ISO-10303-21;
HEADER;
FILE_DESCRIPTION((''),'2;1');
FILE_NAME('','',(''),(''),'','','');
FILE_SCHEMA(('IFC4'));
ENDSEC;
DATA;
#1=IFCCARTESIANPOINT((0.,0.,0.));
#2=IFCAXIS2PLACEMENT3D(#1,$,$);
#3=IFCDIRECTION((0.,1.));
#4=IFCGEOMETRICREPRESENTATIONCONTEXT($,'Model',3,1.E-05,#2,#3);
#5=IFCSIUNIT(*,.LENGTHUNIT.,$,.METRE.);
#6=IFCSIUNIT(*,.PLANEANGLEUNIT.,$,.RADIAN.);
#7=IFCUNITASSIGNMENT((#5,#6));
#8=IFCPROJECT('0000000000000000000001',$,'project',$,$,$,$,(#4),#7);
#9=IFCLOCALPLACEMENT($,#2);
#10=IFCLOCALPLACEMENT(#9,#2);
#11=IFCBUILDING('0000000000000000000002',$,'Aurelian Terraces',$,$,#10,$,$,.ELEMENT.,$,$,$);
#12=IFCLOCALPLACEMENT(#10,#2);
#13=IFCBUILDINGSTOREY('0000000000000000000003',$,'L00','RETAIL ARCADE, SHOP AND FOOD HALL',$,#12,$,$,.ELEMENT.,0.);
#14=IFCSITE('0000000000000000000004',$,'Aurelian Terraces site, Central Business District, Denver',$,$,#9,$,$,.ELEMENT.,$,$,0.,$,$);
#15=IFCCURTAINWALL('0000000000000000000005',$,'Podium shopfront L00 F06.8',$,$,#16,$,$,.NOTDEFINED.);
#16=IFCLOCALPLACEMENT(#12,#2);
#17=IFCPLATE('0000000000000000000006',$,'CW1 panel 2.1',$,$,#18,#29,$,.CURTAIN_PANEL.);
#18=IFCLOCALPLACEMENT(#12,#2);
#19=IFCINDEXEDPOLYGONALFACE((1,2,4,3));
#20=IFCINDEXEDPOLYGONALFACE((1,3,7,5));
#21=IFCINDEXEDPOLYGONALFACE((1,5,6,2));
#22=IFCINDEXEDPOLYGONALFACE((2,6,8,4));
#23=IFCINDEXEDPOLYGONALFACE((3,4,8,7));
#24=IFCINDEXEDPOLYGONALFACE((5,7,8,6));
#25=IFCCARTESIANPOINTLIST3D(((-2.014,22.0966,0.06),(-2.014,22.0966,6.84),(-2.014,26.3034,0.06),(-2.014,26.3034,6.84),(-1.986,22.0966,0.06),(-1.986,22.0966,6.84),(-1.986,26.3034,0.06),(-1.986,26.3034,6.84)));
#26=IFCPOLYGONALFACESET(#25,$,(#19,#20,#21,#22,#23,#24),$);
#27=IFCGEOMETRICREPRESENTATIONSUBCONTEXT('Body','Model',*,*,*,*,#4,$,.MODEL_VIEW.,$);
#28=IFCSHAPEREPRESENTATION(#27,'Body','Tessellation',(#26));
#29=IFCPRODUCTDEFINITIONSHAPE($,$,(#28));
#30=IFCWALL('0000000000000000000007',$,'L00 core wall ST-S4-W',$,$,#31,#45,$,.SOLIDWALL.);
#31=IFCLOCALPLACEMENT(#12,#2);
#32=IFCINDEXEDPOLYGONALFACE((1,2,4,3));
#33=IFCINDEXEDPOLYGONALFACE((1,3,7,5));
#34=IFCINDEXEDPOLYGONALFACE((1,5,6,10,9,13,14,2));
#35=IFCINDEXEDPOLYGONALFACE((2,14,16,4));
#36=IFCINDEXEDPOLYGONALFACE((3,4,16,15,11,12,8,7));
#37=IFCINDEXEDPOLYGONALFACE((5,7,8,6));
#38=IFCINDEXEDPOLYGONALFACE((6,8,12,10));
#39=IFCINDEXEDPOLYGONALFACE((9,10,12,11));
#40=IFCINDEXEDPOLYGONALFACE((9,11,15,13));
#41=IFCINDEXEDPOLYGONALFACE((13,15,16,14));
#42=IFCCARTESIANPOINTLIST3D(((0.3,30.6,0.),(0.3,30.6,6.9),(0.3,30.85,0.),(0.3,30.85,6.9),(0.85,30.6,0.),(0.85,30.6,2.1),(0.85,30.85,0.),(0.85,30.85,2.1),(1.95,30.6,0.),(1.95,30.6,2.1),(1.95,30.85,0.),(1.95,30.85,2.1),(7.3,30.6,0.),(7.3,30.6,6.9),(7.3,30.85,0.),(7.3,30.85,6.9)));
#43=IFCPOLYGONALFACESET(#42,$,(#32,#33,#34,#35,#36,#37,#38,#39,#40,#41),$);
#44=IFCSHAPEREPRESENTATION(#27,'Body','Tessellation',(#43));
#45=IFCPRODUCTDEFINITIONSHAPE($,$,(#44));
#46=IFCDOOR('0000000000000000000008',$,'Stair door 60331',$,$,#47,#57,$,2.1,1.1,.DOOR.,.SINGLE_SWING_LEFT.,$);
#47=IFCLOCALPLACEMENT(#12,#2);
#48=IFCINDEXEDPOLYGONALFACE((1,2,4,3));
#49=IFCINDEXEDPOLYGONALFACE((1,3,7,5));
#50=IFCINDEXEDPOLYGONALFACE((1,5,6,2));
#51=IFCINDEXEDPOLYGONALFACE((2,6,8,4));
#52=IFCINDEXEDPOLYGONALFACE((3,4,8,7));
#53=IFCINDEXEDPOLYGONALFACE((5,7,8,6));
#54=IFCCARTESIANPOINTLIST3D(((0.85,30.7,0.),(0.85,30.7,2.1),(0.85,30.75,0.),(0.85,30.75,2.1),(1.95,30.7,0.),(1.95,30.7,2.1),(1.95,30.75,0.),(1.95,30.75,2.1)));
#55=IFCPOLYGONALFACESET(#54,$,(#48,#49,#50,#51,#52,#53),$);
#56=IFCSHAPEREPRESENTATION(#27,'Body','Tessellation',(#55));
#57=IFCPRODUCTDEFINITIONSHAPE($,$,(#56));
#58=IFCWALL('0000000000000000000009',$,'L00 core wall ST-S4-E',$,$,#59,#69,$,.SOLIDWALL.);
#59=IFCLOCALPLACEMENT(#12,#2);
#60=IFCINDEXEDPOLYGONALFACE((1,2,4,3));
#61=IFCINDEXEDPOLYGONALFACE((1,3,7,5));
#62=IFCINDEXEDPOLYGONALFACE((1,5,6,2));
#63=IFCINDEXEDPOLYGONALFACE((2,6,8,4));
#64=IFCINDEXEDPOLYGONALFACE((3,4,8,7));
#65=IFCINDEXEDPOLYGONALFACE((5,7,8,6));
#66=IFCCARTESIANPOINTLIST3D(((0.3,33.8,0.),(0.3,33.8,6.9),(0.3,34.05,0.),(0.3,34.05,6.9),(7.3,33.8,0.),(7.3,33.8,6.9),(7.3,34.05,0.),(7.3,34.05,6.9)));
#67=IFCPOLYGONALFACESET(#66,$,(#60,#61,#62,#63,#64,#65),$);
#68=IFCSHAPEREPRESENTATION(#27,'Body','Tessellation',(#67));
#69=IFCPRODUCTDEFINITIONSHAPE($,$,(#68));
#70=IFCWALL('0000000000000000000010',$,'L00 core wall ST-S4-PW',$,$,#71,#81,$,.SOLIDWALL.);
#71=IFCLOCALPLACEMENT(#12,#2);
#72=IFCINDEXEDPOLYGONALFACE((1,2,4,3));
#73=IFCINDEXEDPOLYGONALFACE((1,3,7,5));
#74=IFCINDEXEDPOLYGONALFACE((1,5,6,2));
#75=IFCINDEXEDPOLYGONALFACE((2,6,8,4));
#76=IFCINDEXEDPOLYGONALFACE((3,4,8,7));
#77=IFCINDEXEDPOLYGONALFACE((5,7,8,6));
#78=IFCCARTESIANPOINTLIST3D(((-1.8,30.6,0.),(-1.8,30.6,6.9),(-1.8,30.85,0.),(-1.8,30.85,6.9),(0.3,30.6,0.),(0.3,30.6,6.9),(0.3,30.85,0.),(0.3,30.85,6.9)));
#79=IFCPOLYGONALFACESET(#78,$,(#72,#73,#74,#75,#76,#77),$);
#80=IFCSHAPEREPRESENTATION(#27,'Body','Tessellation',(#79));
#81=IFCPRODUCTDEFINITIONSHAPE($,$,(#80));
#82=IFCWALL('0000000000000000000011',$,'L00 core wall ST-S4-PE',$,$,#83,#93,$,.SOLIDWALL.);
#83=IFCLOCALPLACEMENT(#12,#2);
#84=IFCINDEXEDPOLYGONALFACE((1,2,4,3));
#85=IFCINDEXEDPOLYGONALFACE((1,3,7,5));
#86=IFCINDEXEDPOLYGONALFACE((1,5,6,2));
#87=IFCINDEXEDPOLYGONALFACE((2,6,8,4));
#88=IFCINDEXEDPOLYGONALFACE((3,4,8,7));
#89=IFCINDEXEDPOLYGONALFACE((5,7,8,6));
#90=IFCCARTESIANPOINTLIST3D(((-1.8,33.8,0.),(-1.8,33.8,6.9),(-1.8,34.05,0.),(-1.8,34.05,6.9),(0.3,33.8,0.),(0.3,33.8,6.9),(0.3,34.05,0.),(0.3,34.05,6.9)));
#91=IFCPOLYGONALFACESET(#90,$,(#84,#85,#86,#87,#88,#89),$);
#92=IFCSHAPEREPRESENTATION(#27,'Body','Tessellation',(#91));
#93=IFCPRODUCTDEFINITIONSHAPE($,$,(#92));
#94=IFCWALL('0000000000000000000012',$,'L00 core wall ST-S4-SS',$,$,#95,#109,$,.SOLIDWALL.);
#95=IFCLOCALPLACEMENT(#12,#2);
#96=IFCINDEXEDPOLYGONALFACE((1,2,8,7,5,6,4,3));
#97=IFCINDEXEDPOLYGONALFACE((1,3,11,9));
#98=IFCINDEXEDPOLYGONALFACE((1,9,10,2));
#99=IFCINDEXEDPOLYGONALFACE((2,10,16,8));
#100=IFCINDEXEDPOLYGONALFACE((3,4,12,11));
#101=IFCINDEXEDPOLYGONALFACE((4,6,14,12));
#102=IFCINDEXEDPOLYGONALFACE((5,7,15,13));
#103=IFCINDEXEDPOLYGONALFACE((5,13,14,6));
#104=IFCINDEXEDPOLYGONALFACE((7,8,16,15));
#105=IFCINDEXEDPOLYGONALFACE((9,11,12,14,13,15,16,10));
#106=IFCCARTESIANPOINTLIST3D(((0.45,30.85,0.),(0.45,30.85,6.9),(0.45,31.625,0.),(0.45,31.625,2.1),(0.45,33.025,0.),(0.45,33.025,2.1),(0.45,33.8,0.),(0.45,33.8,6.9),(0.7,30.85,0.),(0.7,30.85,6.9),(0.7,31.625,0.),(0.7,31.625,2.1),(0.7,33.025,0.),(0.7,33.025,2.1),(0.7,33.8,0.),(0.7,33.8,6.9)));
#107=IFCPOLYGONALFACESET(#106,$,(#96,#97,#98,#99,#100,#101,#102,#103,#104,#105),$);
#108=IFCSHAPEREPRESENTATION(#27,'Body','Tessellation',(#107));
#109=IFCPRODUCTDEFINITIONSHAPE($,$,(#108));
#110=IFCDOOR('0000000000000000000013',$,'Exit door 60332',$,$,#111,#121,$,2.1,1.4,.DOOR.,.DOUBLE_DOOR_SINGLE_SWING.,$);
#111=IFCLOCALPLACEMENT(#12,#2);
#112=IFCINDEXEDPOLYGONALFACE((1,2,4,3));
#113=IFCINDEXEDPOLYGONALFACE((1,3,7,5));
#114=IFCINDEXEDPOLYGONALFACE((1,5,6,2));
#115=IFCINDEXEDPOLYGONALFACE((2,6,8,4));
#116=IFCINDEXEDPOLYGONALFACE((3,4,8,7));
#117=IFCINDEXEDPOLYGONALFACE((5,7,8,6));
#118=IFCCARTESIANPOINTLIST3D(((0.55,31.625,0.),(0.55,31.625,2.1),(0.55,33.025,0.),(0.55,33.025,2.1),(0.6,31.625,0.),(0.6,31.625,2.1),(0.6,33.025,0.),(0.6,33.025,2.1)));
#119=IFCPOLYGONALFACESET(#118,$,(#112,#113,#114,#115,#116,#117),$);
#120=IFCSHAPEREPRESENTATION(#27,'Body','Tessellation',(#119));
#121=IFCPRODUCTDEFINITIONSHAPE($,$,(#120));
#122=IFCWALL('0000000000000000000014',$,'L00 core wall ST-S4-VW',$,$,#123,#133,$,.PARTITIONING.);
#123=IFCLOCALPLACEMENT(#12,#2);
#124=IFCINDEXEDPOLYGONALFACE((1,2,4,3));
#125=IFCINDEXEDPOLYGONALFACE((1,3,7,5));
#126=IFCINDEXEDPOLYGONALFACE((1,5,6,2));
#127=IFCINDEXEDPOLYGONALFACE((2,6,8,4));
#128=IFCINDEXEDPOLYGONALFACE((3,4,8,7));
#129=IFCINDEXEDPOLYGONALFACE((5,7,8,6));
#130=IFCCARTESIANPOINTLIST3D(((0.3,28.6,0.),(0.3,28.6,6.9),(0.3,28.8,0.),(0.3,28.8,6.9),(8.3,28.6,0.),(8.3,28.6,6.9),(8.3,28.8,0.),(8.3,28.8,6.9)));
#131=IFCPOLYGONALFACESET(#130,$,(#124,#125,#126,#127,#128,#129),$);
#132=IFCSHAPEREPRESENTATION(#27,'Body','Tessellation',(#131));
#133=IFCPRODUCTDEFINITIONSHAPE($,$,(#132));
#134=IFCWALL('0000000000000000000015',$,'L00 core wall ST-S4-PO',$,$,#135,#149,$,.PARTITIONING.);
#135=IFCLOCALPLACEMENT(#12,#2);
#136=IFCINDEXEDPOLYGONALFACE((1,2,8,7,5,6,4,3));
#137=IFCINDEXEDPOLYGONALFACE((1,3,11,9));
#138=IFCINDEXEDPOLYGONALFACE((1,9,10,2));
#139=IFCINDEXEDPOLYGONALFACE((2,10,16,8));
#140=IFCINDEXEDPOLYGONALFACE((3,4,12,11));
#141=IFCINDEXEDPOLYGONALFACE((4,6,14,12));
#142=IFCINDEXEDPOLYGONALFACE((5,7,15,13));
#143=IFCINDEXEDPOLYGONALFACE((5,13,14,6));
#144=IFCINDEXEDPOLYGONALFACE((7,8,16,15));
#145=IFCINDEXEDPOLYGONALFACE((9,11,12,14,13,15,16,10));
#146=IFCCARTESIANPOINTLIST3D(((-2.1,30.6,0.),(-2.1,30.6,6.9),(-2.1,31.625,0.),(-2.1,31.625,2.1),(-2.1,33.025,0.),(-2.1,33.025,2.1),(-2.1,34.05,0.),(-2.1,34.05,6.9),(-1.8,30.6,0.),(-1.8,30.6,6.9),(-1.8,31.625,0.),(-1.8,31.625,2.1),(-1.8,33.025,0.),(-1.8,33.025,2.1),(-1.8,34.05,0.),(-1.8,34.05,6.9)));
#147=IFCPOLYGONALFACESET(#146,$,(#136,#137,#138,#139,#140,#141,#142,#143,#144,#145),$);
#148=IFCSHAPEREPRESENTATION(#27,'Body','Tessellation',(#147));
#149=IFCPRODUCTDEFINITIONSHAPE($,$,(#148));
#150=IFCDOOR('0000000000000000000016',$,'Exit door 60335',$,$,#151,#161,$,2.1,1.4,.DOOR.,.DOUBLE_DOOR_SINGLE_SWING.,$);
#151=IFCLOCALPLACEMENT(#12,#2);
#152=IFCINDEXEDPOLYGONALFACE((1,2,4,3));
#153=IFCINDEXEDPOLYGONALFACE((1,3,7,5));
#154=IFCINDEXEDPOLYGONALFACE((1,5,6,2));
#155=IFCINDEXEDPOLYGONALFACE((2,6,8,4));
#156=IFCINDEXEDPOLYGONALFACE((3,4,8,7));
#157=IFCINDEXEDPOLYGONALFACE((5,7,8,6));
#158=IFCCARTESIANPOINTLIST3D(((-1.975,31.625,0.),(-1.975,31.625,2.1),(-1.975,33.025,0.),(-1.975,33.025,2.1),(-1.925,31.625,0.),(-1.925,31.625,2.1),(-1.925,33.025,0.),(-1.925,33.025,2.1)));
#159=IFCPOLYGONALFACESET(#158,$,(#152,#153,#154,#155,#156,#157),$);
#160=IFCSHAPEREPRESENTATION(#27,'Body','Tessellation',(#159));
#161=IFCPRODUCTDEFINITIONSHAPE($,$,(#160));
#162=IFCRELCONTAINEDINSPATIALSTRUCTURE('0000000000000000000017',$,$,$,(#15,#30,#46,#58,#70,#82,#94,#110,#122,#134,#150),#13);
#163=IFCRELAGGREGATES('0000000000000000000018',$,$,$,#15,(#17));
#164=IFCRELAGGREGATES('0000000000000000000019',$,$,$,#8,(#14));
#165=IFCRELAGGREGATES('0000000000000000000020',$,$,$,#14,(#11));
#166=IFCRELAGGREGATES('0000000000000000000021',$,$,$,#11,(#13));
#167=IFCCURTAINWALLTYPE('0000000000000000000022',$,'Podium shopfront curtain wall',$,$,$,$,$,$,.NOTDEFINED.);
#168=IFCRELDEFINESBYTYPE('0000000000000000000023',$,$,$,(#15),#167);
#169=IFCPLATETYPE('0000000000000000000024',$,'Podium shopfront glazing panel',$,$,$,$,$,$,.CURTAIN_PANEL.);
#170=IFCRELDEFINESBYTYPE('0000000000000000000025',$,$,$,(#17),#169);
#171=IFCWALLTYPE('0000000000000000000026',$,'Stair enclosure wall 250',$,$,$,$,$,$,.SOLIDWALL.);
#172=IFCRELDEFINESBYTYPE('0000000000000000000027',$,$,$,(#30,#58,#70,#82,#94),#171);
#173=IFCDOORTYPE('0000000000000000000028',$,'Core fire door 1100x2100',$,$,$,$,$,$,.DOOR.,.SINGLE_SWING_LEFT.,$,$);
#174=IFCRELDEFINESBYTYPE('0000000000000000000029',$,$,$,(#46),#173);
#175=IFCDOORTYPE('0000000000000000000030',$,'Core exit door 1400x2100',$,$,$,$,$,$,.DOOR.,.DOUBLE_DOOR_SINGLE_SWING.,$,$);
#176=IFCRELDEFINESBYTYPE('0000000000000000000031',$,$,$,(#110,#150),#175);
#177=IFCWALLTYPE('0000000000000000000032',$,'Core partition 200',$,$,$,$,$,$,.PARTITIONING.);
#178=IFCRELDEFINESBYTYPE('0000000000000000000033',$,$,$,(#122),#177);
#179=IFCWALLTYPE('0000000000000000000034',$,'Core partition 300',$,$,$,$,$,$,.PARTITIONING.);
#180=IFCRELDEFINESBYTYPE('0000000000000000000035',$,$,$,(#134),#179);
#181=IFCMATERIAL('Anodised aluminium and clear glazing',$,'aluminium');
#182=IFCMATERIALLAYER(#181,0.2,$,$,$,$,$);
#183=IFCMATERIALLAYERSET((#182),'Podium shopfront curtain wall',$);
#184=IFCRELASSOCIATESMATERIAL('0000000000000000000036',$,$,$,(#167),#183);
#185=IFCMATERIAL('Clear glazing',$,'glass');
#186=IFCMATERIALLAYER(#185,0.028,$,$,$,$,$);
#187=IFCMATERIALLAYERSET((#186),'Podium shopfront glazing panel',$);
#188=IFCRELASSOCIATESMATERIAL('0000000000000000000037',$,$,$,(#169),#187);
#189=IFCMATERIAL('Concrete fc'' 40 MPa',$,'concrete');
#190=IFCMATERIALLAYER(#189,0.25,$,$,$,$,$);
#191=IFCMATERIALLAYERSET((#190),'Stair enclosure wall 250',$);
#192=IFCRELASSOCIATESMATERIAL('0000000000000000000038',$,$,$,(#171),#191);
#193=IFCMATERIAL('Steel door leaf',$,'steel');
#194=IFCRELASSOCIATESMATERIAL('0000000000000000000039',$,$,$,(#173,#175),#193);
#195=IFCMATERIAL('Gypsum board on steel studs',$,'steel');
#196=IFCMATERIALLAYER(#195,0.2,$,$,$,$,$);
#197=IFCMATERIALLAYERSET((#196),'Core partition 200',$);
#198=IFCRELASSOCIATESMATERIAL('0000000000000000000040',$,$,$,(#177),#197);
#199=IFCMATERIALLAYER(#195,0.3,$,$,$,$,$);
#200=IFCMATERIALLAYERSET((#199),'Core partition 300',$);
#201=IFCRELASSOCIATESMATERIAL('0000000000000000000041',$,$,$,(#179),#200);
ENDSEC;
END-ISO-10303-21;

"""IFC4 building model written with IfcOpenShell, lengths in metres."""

from ifc_helpers import new_model, si_unit, direction, frame, frame_2d, origin, origin_2d, place, context, subcontext, project, spatial, rectangle, extrude, source, transform, mapped, material, layer, layer_set, type_object, element, fill, aggregate, save


model = new_model("IFC4")

# Units and contexts
model_context = context("Model", 3, precision=1e-05, world=origin(), true_north=direction((0.0, 1.0)))
body_context = subcontext(model_context, "Body", "Model", "MODEL_VIEW")
ifc_project = project(units=[si_unit("LENGTHUNIT", "METRE"), si_unit("PLANEANGLEUNIT", "RADIAN")], contexts=[model_context])

# Site, building, storey
site_placement = place(None, origin())
site = spatial("IfcSite", under=ifc_project, at=site_placement, Name="Aurelian Terraces site, Central Business District, Denver", CompositionType="ELEMENT", RefElevation=0.0)
building_placement = place(site_placement, origin())
building = spatial("IfcBuilding", under=site, at=building_placement, Name="Aurelian Terraces", CompositionType="ELEMENT")
storey_placement = place(building_placement, origin())
storey = spatial("IfcBuildingStorey", under=building, at=storey_placement, Name="L00", Description="RETAIL ARCADE, SHOP AND FOOD HALL", CompositionType="ELEMENT", Elevation=0.0)

# Curtain wall
ifc_material_1 = material(Name="Anodised aluminium and clear glazing", Category="aluminium")
ifc_layer_1 = layer(ifc_material_1, 0.2)
ifc_layer_set_1 = layer_set([ifc_layer_1], Name="Podium shopfront curtain wall")
curtain_wall_type = type_object("IfcCurtainWallType", Name="Podium shopfront curtain wall", PredefinedType="NOTDEFINED", material=ifc_layer_set_1)
curtain_wall_1_placement = place(storey_placement, origin())
curtain_wall_1 = element("IfcCurtainWall", 1, at=curtain_wall_1_placement, inside=storey, type_object=curtain_wall_type, Name="Podium shopfront L00 F06.8", PredefinedType="NOTDEFINED")

# Plate
ifc_material_2 = material(Name="Clear glazing", Category="glass")
ifc_layer_2 = layer(ifc_material_2, 0.028)
ifc_layer_set_2 = layer_set([ifc_layer_2], Name="Podium shopfront glazing panel")
plate_type = type_object("IfcPlateType", Name="Podium shopfront glazing panel", PredefinedType="CURTAIN_PANEL", material=ifc_layer_set_2)
shared_shape_1 = source(origin(), body_context, "Body", "SweptSolid", [
    extrude(rectangle(XDim=4.2067, YDim=0.028, at=origin_2d()), origin(), (0.0, 0.0, 1.0), 6.78),
])
plate_1_placement = place(storey_placement, frame((-2.0, 24.2, 0.06), z_axis=(0.0, 0.0, 1.0), x_axis=(0.0, -1.0, 0.0)))
plate_1 = element("IfcPlate", 2, at=plate_1_placement, type_object=plate_type, Name="CW1 panel 2.1", PredefinedType="CURTAIN_PANEL", context=body_context, shape_type="MappedRepresentation", body=[
    mapped(shared_shape_1, transform((0.0, 0.0, 0.0), scale=1.0)),
])
aggregate(curtain_wall_1, [plate_1])

# Wall, opening, door
ifc_material_3 = material(Name="Concrete fc' 40 MPa", Category="concrete")
ifc_layer_3 = layer(ifc_material_3, 0.25)
ifc_layer_set_3 = layer_set([ifc_layer_3], Name="Stair enclosure wall 250")
wall_type_1 = type_object("IfcWallType", Name="Stair enclosure wall 250", PredefinedType="SOLIDWALL", material=ifc_layer_set_3)
shared_shape_2 = source(origin(), body_context, "Body", "SweptSolid", [
    extrude(rectangle(XDim=7.0, YDim=0.25, at=frame_2d((3.5, 0.0))), origin(), (0.0, 0.0, 1.0), 6.9),
])
wall_1_placement = place(storey_placement, frame((0.3, 30.725, 0.0), z_axis=(0.0, 0.0, 1.0), x_axis=(1.0, 0.0, 0.0)))
wall_1 = element("IfcWall", 3, at=wall_1_placement, inside=storey, type_object=wall_type_1, Name="L00 core wall ST-S4-W", PredefinedType="SOLIDWALL", context=body_context, shape_type="MappedRepresentation", body=[
    mapped(shared_shape_2, transform((0.0, 0.0, 0.0), scale=1.0)),
])
shared_shape_3 = source(origin(), body_context, "Body", "SweptSolid", [
    extrude(rectangle(XDim=1.1, YDim=2.1, at=frame_2d((0.55, 1.05))), frame((0.0, 0.135, 0.0), z_axis=(0.0, -1.0, 0.0), x_axis=(1.0, 0.0, 0.0)), (0.0, 0.0, 1.0), 0.27),
])
opening_1_placement = place(wall_1_placement, frame((0.55, 0.0, 0.0)))
opening_1 = element("IfcOpeningElement", 4, at=opening_1_placement, cuts=wall_1, PredefinedType="OPENING", context=body_context, shape_type="MappedRepresentation", body=[
    mapped(shared_shape_3, transform((0.0, 0.0, 0.0), scale=1.0)),
])
ifc_material_4 = material(Name="Steel door leaf", Category="steel")
door_type_1 = type_object("IfcDoorType", Name="Core fire door 1100x2100", OperationType="SINGLE_SWING_LEFT", PredefinedType="DOOR", material=ifc_material_4)
shared_shape_4 = source(origin(), body_context, "Body", "SweptSolid", [
    extrude(rectangle(XDim=1.1, YDim=2.1, at=frame_2d((0.55, 1.05))), frame((0.0, 0.025, 0.0), z_axis=(0.0, -1.0, 0.0), x_axis=(1.0, 0.0, 0.0)), (0.0, 0.0, 1.0), 0.05),
])
door_1_placement = place(opening_1_placement, origin())
door_1 = element("IfcDoor", 5, at=door_1_placement, inside=storey, type_object=door_type_1, Name="Stair door 60331", OperationType="SINGLE_SWING_LEFT", OverallHeight=2.1, OverallWidth=1.1, PredefinedType="DOOR", context=body_context, shape_type="MappedRepresentation", body=[
    mapped(shared_shape_4, transform((0.0, 0.0, 0.0), scale=1.0)),
])
fill(opening_1, door_1)

# Walls
wall_2_placement = place(storey_placement, frame((0.3, 33.925, 0.0), z_axis=(0.0, 0.0, 1.0), x_axis=(1.0, 0.0, 0.0)))
element("IfcWall", 6, at=wall_2_placement, inside=storey, type_object=wall_type_1, Name="L00 core wall ST-S4-E", PredefinedType="SOLIDWALL", context=body_context, shape_type="MappedRepresentation", body=[
    mapped(shared_shape_2, transform((0.0, 0.0, 0.0), scale=1.0)),
])
shared_shape_5 = source(origin(), body_context, "Body", "SweptSolid", [
    extrude(rectangle(XDim=2.1, YDim=0.25, at=frame_2d((1.05, 0.0))), origin(), (0.0, 0.0, 1.0), 6.9),
])
for number, where, z_axis, x_axis, name in (
    (7, (-1.8, 30.725, 0.0), (0.0, 0.0, 1.0), (1.0, 0.0, 0.0), "L00 core wall ST-S4-PW"),
    (8, (-1.8, 33.925, 0.0), (0.0, 0.0, 1.0), (1.0, 0.0, 0.0), "L00 core wall ST-S4-PE"),
):
    element("IfcWall", number, at=place(storey_placement, frame(where, z_axis=z_axis, x_axis=x_axis)), inside=storey, type_object=wall_type_1, Name=name, PredefinedType="SOLIDWALL", context=body_context, shape_type="MappedRepresentation", body=[
        mapped(shared_shape_5, transform((0.0, 0.0, 0.0), scale=1.0)),
    ])

# Wall, opening, door
shared_shape_6 = source(origin(), body_context, "Body", "SweptSolid", [
    extrude(rectangle(XDim=2.95, YDim=0.25, at=frame_2d((1.475, 0.0))), origin(), (0.0, 0.0, 1.0), 6.9),
])
wall_3_placement = place(storey_placement, frame((0.575, 33.8, 0.0), z_axis=(0.0, 0.0, 1.0), x_axis=(0.0, -1.0, 0.0)))
wall_3 = element("IfcWall", 9, at=wall_3_placement, inside=storey, type_object=wall_type_1, Name="L00 core wall ST-S4-SS", PredefinedType="SOLIDWALL", context=body_context, shape_type="MappedRepresentation", body=[
    mapped(shared_shape_6, transform((0.0, 0.0, 0.0), scale=1.0)),
])
shared_shape_7 = source(origin(), body_context, "Body", "SweptSolid", [
    extrude(rectangle(XDim=1.4, YDim=2.1, at=frame_2d((0.7, 1.05))), frame((0.0, 0.135, 0.0), z_axis=(0.0, -1.0, 0.0), x_axis=(1.0, 0.0, 0.0)), (0.0, 0.0, 1.0), 0.27),
])
opening_2_placement = place(wall_3_placement, frame((0.775, 0.0, 0.0)))
opening_2 = element("IfcOpeningElement", 10, at=opening_2_placement, cuts=wall_3, PredefinedType="OPENING", context=body_context, shape_type="MappedRepresentation", body=[
    mapped(shared_shape_7, transform((0.0, 0.0, 0.0), scale=1.0)),
])
door_type_2 = type_object("IfcDoorType", Name="Core exit door 1400x2100", OperationType="DOUBLE_DOOR_SINGLE_SWING", PredefinedType="DOOR", material=ifc_material_4)
shared_shape_8 = source(origin(), body_context, "Body", "SweptSolid", [
    extrude(rectangle(XDim=1.4, YDim=2.1, at=frame_2d((0.7, 1.05))), frame((0.0, 0.025, 0.0), z_axis=(0.0, -1.0, 0.0), x_axis=(1.0, 0.0, 0.0)), (0.0, 0.0, 1.0), 0.05),
])
door_2_placement = place(opening_2_placement, origin())
door_2 = element("IfcDoor", 11, at=door_2_placement, inside=storey, type_object=door_type_2, Name="Exit door 60332", OperationType="DOUBLE_DOOR_SINGLE_SWING", OverallHeight=2.1, OverallWidth=1.4, PredefinedType="DOOR", context=body_context, shape_type="MappedRepresentation", body=[
    mapped(shared_shape_8, transform((0.0, 0.0, 0.0), scale=1.0)),
])
fill(opening_2, door_2)

# Wall
ifc_material_5 = material(Name="Gypsum board on steel studs", Category="steel")
ifc_layer_4 = layer(ifc_material_5, 0.2)
ifc_layer_set_4 = layer_set([ifc_layer_4], Name="Core partition 200")
wall_type_2 = type_object("IfcWallType", Name="Core partition 200", PredefinedType="PARTITIONING", material=ifc_layer_set_4)
shared_shape_9 = source(origin(), body_context, "Body", "SweptSolid", [
    extrude(rectangle(XDim=8.0, YDim=0.2, at=frame_2d((4.0, 0.0))), origin(), (0.0, 0.0, 1.0), 6.9),
])
wall_4_placement = place(storey_placement, frame((0.3, 28.7, 0.0), z_axis=(0.0, 0.0, 1.0), x_axis=(1.0, 0.0, 0.0)))
element("IfcWall", 12, at=wall_4_placement, inside=storey, type_object=wall_type_2, Name="L00 core wall ST-S4-VW", PredefinedType="PARTITIONING", context=body_context, shape_type="MappedRepresentation", body=[
    mapped(shared_shape_9, transform((0.0, 0.0, 0.0), scale=1.0)),
])

# Wall, opening, door
ifc_layer_5 = layer(ifc_material_5, 0.3)
ifc_layer_set_5 = layer_set([ifc_layer_5], Name="Core partition 300")
wall_type_3 = type_object("IfcWallType", Name="Core partition 300", PredefinedType="PARTITIONING", material=ifc_layer_set_5)
shared_shape_10 = source(origin(), body_context, "Body", "SweptSolid", [
    extrude(rectangle(XDim=3.45, YDim=0.3, at=frame_2d((1.725, 0.0))), origin(), (0.0, 0.0, 1.0), 6.9),
])
wall_5_placement = place(storey_placement, frame((-1.95, 30.6, 0.0), z_axis=(0.0, 0.0, 1.0), x_axis=(0.0, 1.0, 0.0)))
wall_5 = element("IfcWall", 13, at=wall_5_placement, inside=storey, type_object=wall_type_3, Name="L00 core wall ST-S4-PO", PredefinedType="PARTITIONING", context=body_context, shape_type="MappedRepresentation", body=[
    mapped(shared_shape_10, transform((0.0, 0.0, 0.0), scale=1.0)),
])
shared_shape_11 = source(origin(), body_context, "Body", "SweptSolid", [
    extrude(rectangle(XDim=1.4, YDim=2.1, at=frame_2d((0.7, 1.05))), frame((0.0, 0.16, 0.0), z_axis=(0.0, -1.0, 0.0), x_axis=(1.0, 0.0, 0.0)), (0.0, 0.0, 1.0), 0.32),
])
opening_3_placement = place(wall_5_placement, frame((1.025, 0.0, 0.0)))
opening_3 = element("IfcOpeningElement", 14, at=opening_3_placement, cuts=wall_5, PredefinedType="OPENING", context=body_context, shape_type="MappedRepresentation", body=[
    mapped(shared_shape_11, transform((0.0, 0.0, 0.0), scale=1.0)),
])
door_3_placement = place(opening_3_placement, origin())
door_3 = element("IfcDoor", 15, at=door_3_placement, inside=storey, type_object=door_type_2, Name="Exit door 60335", OperationType="DOUBLE_DOOR_SINGLE_SWING", OverallHeight=2.1, OverallWidth=1.4, PredefinedType="DOOR", context=body_context, shape_type="MappedRepresentation", body=[
    mapped(shared_shape_8, transform((0.0, 0.0, 0.0), scale=1.0)),
])
fill(opening_3, door_3)

save(model, "model.ifc")
